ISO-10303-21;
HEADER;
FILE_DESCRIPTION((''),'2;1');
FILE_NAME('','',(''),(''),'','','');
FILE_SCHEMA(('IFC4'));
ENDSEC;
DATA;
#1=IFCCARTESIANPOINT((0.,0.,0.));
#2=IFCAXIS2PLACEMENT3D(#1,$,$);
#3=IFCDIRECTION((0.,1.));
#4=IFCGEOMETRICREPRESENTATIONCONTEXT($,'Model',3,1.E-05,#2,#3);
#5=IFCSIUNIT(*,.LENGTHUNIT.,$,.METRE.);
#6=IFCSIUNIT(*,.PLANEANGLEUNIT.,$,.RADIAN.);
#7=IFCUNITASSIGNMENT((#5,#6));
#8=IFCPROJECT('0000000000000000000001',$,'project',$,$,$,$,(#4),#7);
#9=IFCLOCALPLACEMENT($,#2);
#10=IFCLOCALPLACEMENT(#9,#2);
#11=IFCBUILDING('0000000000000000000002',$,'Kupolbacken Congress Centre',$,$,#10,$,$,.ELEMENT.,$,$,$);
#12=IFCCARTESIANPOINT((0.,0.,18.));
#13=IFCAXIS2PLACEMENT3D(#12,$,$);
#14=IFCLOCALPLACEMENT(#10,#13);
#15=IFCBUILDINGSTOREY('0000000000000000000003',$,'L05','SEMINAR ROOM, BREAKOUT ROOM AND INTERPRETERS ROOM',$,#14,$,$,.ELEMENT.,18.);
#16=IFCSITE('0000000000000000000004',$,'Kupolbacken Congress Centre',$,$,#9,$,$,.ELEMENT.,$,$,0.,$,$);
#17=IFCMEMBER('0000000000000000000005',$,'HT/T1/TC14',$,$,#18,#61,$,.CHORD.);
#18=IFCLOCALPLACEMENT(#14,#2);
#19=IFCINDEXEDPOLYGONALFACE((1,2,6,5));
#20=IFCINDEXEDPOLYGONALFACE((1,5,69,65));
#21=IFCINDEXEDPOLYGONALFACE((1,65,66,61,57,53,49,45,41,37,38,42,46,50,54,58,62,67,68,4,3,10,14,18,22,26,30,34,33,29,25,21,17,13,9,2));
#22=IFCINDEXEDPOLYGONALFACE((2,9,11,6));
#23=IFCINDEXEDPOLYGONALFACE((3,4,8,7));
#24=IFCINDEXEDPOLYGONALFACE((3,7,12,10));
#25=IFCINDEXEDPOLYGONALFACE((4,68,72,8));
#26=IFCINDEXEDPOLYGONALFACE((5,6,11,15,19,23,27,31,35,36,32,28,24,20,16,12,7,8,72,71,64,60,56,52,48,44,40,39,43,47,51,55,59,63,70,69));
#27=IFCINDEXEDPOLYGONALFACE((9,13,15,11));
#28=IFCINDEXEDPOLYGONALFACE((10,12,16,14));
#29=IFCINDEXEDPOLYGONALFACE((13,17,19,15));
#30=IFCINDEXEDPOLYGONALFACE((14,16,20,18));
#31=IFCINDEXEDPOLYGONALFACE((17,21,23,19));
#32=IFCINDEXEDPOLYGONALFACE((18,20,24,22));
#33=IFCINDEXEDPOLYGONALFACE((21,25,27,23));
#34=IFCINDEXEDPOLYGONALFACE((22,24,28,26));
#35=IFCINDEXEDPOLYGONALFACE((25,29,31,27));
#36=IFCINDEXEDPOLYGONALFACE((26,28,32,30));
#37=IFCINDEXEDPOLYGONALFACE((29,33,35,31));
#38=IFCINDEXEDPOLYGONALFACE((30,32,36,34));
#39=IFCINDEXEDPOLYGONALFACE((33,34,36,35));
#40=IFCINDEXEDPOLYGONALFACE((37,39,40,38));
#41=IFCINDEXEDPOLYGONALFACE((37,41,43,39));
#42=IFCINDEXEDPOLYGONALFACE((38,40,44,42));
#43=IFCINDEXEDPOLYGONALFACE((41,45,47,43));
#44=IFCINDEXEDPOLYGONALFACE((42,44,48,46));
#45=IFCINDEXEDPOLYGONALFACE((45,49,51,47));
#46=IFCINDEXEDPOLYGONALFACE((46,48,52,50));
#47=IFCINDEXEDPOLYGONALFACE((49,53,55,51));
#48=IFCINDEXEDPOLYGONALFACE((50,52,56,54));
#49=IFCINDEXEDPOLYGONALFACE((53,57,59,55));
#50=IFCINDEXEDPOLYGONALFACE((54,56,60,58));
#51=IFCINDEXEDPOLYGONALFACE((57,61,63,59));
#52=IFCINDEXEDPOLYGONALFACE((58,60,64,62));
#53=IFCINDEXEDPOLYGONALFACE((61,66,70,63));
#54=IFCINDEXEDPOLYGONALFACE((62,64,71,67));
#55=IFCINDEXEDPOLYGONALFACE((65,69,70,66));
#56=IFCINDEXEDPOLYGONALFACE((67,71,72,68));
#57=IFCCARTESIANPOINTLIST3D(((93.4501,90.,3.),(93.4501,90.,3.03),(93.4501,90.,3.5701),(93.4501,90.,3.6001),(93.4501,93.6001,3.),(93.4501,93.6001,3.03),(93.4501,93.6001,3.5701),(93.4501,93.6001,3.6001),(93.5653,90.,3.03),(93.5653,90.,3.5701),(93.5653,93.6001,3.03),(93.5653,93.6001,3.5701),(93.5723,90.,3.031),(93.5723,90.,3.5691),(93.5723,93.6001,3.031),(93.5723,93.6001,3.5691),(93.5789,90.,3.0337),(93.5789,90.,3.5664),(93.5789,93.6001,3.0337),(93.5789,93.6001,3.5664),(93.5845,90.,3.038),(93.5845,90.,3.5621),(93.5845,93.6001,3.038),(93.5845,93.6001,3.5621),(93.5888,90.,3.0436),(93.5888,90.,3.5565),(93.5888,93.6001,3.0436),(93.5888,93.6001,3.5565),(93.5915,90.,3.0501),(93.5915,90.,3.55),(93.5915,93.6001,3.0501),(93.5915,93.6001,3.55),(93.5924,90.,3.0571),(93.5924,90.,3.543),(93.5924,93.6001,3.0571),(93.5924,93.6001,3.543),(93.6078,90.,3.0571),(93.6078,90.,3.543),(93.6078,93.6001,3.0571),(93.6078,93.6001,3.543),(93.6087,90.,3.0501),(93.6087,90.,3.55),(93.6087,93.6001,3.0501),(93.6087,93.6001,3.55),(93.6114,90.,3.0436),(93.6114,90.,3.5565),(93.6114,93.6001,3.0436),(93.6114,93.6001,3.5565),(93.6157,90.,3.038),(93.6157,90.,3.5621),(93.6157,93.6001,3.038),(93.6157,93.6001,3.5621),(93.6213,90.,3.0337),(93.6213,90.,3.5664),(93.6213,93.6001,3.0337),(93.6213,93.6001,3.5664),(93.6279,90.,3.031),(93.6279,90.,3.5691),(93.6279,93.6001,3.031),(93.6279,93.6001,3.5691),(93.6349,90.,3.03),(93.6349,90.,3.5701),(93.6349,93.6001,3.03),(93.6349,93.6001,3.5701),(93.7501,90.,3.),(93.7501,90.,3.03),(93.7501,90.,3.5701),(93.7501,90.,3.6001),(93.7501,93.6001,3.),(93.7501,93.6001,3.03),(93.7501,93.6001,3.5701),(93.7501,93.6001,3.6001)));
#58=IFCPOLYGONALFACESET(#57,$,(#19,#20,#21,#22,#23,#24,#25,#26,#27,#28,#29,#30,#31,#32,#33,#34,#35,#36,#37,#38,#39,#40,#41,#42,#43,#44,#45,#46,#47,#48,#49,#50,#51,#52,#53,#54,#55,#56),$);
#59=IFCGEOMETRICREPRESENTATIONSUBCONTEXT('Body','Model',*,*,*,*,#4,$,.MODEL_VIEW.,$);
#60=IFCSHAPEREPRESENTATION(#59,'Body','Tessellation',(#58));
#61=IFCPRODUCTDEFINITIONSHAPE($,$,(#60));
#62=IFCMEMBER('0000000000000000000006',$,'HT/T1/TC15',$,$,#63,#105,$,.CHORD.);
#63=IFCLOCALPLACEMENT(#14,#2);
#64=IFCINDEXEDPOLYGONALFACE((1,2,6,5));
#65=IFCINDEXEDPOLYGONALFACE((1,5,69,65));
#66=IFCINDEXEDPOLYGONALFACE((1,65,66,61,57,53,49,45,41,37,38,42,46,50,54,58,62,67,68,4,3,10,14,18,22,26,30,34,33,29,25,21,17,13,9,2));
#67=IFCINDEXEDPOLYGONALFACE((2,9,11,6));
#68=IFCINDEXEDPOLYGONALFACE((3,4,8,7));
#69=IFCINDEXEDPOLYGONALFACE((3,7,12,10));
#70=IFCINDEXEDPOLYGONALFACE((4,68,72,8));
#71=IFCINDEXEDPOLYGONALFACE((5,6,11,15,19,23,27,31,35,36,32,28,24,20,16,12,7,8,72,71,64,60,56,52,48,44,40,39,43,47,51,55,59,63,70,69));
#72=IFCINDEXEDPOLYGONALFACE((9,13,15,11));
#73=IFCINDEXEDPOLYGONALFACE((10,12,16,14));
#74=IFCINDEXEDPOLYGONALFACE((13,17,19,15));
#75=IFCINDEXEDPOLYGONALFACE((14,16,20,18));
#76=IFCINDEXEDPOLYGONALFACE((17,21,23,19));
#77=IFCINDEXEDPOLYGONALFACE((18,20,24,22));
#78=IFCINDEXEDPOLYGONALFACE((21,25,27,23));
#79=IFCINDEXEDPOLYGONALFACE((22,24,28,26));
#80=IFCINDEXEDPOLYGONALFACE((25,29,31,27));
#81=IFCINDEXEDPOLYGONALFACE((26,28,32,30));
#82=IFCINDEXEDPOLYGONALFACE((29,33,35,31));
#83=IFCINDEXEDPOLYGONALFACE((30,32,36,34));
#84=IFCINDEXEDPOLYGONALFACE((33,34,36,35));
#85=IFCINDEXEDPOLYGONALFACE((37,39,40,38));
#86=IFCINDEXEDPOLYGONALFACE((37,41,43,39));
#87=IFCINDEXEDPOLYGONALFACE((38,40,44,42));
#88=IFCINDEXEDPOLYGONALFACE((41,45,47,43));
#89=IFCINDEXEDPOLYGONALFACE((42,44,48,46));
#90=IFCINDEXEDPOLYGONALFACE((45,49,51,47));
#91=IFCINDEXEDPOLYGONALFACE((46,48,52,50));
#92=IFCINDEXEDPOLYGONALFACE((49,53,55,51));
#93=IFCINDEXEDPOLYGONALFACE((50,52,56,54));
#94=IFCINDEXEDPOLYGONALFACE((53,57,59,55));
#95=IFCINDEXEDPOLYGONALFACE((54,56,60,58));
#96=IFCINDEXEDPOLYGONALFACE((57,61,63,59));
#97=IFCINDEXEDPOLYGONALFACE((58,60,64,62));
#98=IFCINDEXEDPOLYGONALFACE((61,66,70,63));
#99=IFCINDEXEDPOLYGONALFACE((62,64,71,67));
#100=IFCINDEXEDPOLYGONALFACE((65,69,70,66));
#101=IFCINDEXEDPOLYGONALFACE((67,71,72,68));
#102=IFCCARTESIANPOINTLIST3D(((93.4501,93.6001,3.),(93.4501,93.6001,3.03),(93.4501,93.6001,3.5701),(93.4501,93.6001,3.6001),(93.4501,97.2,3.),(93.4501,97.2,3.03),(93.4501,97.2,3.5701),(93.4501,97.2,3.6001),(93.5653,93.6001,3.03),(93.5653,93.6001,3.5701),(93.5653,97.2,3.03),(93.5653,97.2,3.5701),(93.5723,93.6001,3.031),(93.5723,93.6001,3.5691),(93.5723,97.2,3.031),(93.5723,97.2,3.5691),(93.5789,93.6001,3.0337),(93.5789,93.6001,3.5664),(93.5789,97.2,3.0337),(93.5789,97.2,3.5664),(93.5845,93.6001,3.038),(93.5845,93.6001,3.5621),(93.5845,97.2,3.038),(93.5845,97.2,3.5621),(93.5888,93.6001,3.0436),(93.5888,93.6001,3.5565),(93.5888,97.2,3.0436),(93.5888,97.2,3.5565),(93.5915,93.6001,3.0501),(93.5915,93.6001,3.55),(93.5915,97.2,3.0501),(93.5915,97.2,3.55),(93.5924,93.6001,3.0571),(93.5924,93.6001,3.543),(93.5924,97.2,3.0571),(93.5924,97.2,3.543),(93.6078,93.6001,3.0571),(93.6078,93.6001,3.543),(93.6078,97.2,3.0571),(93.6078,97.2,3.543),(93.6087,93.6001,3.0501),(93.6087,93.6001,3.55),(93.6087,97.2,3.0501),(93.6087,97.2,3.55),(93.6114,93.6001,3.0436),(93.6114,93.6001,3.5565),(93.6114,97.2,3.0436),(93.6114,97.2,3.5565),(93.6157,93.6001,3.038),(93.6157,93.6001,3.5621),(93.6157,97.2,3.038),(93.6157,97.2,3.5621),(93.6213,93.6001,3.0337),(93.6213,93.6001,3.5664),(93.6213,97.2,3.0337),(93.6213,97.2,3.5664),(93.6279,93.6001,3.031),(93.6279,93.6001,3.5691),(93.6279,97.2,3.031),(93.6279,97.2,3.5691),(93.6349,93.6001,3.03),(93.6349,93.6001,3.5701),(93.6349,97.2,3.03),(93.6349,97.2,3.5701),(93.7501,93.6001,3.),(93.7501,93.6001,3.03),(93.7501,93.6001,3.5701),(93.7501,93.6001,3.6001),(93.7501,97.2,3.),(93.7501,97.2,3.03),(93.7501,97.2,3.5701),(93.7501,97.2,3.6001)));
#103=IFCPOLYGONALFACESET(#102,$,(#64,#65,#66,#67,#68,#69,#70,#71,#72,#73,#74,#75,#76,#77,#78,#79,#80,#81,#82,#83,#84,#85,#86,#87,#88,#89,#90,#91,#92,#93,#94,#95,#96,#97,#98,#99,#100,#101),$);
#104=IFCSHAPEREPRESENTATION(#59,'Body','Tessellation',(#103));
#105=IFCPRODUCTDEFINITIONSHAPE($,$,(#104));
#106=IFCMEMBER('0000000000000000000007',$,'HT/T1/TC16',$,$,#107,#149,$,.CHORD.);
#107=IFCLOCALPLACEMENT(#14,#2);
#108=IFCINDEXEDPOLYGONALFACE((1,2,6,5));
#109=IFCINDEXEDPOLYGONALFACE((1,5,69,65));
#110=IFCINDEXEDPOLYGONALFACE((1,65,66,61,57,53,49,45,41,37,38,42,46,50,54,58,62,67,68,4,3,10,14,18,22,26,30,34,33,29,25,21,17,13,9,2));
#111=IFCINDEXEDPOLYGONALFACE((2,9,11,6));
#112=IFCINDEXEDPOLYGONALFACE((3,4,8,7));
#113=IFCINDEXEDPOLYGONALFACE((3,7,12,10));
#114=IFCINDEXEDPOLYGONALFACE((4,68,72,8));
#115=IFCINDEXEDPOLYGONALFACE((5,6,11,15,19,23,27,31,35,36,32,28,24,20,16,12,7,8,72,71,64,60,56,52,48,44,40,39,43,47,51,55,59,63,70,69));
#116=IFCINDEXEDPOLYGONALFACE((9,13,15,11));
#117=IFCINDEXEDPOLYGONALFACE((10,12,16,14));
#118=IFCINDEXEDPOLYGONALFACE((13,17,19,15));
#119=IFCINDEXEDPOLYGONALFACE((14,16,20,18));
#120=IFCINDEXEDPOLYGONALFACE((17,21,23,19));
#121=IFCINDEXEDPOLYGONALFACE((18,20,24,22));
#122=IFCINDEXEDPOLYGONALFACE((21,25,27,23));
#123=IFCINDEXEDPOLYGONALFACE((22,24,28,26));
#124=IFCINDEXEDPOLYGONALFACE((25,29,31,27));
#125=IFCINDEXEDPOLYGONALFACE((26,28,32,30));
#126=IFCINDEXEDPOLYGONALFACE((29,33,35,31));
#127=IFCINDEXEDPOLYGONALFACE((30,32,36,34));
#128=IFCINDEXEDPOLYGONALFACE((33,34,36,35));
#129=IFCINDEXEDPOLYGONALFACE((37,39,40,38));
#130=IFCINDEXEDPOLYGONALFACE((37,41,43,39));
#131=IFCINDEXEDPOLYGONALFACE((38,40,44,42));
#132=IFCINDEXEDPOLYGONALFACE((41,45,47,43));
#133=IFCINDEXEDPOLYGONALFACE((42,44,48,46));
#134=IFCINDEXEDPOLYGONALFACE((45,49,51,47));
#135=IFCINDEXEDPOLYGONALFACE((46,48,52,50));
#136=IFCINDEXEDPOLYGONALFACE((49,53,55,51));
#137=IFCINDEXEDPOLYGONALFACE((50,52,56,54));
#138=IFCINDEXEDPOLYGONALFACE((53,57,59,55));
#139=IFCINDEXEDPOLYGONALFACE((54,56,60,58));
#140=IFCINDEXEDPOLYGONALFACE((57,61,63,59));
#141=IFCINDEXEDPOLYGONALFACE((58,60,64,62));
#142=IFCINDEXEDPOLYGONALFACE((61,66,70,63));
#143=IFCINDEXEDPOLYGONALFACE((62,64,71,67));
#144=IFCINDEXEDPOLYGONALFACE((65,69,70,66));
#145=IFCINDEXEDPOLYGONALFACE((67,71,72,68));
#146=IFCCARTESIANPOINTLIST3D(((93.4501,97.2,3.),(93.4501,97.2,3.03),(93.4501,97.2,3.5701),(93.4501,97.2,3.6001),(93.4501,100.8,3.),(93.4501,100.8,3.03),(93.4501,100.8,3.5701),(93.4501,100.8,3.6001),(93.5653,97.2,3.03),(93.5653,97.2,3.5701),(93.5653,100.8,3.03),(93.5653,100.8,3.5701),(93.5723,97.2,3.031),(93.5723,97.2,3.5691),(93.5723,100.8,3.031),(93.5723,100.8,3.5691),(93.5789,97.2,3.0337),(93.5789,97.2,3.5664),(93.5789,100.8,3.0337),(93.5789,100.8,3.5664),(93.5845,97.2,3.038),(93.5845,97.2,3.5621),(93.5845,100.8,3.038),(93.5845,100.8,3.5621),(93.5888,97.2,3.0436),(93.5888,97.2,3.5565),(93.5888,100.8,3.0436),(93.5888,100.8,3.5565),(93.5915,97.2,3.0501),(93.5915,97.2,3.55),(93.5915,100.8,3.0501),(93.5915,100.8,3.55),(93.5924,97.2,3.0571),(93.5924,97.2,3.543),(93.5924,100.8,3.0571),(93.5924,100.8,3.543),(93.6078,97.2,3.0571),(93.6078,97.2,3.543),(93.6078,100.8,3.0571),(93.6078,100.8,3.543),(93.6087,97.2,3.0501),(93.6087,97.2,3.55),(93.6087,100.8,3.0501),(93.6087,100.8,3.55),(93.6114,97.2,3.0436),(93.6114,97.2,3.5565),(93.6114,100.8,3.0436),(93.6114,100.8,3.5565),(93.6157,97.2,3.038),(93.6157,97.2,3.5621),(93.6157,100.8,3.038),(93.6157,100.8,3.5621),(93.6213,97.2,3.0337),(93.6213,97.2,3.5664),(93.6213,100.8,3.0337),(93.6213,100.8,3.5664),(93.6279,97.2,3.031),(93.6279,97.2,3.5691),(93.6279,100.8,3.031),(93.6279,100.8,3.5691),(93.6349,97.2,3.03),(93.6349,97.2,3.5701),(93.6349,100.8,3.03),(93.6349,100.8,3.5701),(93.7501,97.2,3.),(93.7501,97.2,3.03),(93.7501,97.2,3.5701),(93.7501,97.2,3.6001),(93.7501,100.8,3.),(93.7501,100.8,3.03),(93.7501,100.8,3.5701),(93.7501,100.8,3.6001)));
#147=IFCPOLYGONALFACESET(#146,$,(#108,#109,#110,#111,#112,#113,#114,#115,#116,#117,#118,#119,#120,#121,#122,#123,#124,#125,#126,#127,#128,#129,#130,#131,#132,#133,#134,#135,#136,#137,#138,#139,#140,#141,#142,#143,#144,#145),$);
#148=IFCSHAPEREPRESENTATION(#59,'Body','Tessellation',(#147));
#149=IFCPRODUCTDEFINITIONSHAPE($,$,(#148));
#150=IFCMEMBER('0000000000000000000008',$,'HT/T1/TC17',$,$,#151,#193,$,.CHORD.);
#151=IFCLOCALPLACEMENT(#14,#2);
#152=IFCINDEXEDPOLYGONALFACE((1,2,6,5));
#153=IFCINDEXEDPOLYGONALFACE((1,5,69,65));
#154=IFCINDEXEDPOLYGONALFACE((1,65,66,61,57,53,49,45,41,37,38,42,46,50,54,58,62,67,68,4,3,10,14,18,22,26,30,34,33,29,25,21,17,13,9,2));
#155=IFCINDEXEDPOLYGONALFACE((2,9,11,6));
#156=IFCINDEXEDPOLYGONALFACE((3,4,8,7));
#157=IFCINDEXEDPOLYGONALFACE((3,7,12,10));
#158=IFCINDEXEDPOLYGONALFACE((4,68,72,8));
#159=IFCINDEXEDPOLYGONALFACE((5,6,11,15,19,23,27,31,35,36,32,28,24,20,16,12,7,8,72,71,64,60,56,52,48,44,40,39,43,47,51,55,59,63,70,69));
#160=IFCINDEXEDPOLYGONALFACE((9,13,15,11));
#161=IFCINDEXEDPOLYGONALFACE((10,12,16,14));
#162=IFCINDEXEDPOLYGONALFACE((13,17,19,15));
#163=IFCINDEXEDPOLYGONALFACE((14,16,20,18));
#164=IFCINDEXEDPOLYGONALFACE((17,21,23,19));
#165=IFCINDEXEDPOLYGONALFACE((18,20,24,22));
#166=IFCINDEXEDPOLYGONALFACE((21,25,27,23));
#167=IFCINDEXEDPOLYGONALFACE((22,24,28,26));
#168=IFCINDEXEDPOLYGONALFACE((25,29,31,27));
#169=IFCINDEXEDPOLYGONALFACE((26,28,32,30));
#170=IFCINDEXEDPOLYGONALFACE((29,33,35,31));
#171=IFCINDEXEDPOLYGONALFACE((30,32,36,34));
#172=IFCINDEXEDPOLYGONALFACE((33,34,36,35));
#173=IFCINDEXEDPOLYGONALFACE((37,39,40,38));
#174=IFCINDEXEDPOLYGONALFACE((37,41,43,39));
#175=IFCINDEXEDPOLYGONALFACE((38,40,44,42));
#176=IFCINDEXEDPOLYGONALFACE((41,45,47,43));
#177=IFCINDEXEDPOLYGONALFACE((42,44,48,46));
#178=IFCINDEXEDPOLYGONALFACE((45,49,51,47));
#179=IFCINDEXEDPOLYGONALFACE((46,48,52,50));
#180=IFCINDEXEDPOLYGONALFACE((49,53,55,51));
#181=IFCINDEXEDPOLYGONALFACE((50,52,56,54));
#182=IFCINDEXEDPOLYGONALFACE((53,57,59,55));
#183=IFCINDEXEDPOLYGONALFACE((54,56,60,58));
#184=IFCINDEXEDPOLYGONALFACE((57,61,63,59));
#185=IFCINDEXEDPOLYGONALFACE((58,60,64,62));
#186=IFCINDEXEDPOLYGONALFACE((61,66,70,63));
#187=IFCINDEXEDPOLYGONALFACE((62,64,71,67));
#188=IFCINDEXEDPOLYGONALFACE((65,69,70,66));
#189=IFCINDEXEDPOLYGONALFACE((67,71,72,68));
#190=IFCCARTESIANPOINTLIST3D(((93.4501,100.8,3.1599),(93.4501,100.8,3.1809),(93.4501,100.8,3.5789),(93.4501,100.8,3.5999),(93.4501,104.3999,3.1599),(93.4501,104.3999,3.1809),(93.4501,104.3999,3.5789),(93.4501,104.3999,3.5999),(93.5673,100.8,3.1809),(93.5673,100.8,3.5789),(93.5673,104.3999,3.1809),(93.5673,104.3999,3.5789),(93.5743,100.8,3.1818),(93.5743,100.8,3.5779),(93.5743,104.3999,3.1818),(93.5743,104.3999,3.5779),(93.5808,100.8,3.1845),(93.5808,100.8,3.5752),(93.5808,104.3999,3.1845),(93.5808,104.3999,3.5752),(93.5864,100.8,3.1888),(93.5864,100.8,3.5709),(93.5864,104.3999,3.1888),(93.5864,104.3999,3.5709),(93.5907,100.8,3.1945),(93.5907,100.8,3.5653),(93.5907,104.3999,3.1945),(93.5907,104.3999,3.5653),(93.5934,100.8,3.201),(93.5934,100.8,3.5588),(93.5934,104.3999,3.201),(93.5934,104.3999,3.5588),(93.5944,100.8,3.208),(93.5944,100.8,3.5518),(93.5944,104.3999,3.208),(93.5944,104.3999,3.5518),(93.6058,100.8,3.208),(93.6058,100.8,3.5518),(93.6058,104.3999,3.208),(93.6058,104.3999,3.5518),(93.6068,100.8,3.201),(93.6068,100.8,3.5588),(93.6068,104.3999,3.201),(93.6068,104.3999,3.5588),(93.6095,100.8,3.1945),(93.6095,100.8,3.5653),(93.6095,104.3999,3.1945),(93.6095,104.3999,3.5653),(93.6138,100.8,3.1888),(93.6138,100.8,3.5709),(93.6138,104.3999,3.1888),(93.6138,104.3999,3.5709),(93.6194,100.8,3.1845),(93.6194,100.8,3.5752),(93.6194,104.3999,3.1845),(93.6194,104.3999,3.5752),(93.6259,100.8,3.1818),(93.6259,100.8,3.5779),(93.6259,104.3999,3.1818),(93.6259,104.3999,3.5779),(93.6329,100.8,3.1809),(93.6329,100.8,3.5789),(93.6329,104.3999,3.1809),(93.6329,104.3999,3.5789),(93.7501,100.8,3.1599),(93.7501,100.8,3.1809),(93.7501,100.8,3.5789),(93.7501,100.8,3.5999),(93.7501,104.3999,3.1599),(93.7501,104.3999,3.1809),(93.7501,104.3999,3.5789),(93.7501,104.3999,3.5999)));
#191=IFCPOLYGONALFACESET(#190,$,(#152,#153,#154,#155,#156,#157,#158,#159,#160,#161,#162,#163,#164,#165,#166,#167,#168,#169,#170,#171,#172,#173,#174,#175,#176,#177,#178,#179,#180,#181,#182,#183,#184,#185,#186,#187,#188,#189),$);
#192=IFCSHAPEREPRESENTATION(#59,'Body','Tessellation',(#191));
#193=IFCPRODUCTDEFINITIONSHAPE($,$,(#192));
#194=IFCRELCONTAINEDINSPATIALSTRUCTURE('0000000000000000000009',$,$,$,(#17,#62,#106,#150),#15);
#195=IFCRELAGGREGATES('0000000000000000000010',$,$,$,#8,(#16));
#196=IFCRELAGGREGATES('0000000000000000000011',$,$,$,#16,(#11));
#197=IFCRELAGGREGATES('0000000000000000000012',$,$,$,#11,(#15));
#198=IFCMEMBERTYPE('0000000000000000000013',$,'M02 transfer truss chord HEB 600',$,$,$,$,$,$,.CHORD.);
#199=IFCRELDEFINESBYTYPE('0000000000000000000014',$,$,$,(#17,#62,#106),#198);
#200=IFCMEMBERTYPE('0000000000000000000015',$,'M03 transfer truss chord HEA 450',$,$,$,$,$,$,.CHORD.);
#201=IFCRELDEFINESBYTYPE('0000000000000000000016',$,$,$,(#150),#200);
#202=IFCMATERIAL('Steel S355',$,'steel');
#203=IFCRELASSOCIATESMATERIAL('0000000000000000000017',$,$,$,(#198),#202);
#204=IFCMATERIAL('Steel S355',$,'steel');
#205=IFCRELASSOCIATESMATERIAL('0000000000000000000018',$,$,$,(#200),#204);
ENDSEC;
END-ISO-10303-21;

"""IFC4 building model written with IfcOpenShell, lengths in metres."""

from ifc_helpers import new_model, si_unit, direction, frame, origin, origin_2d, place, context, subcontext, project, spatial, i_section, extrude, material, material_profile, profile_set, type_object, element, save


model = new_model("IFC4")

# Units and contexts
model_context = context("Model", 3, precision=1e-05, world=origin(), true_north=direction((0.0, 1.0)))
body_context = subcontext(model_context, "Body", "Model", "MODEL_VIEW")
ifc_project = project(units=[si_unit("LENGTHUNIT", "METRE"), si_unit("PLANEANGLEUNIT", "RADIAN")], contexts=[model_context])

# Site, building, storey
site_placement = place(None, origin())
site = spatial("IfcSite", under=ifc_project, at=site_placement, Name="Kupolbacken Congress Centre", CompositionType="ELEMENT", RefElevation=0.0)
building_placement = place(site_placement, origin())
building = spatial("IfcBuilding", under=site, at=building_placement, Name="Kupolbacken Congress Centre", CompositionType="ELEMENT")
storey_placement = place(building_placement, frame((0.0, 0.0, 18.0)))
storey = spatial("IfcBuildingStorey", under=building, at=storey_placement, Name="L05", Description="SEMINAR ROOM, BREAKOUT ROOM AND INTERPRETERS ROOM", CompositionType="ELEMENT", Elevation=18.0)

# Members
ifc_material_1 = material(Name="Steel S355", Category="steel")
ifc_material_profile_1 = material_profile(ifc_material_1, i_section(OverallWidth=0.3, OverallDepth=0.6001, WebThickness=0.0154, FlangeThickness=0.03, FilletRadius=0.0271, at=origin_2d()), Name="HEB 600")
ifc_profile_set_1 = profile_set([ifc_material_profile_1], Name="Steel S355")
member_type_1 = type_object("IfcMemberType", Name="M02 transfer truss chord HEB 600", PredefinedType="CHORD", material=ifc_profile_set_1)
member_1_placement = place(storey_placement, frame((93.6001, 90.0, 3.3), z_axis=(0.0, 1.0, 0.0), x_axis=(-1.0, 0.0, 0.0)))
element("IfcMember", 1, at=member_1_placement, inside=storey, type_object=member_type_1, Name="HT/T1/TC14", PredefinedType="CHORD", context=body_context, shape_type="SweptSolid", body=[
    extrude(i_section(OverallWidth=0.3, OverallDepth=0.6001, WebThickness=0.0154, FlangeThickness=0.03, FilletRadius=0.0271, at=origin_2d()), origin(), (0.0, 0.0, 1.0), 3.6001),
])
member_2_placement = place(storey_placement, frame((93.6001, 93.6001, 3.3), z_axis=(0.0, 1.0, 0.0), x_axis=(-1.0, 0.0, 0.0)))
element("IfcMember", 2, at=member_2_placement, inside=storey, type_object=member_type_1, Name="HT/T1/TC15", PredefinedType="CHORD", context=body_context, shape_type="SweptSolid", body=[
    extrude(i_section(OverallWidth=0.3, OverallDepth=0.6001, WebThickness=0.0154, FlangeThickness=0.03, FilletRadius=0.0271, at=origin_2d()), origin(), (0.0, 0.0, 1.0), 3.5999),
])
member_3_placement = place(storey_placement, frame((93.6001, 97.2, 3.3), z_axis=(0.0, 1.0, 0.0), x_axis=(-1.0, 0.0, 0.0)))
element("IfcMember", 3, at=member_3_placement, inside=storey, type_object=member_type_1, Name="HT/T1/TC16", PredefinedType="CHORD", context=body_context, shape_type="SweptSolid", body=[
    extrude(i_section(OverallWidth=0.3, OverallDepth=0.6001, WebThickness=0.0154, FlangeThickness=0.03, FilletRadius=0.0271, at=origin_2d()), origin(), (0.0, 0.0, 1.0), 3.6001),
])
ifc_material_2 = material(Name="Steel S355", Category="steel")
ifc_material_profile_2 = material_profile(ifc_material_2, i_section(OverallWidth=0.3, OverallDepth=0.4399, WebThickness=0.0115, FlangeThickness=0.021, FilletRadius=0.0271, at=origin_2d()), Name="HEA 450")
ifc_profile_set_2 = profile_set([ifc_material_profile_2], Name="Steel S355")
member_type_2 = type_object("IfcMemberType", Name="M03 transfer truss chord HEA 450", PredefinedType="CHORD", material=ifc_profile_set_2)
member_4_placement = place(storey_placement, frame((93.6001, 100.8, 3.3799), z_axis=(0.0, 1.0, 0.0), x_axis=(-1.0, 0.0, 0.0)))
element("IfcMember", 4, at=member_4_placement, inside=storey, type_object=member_type_2, Name="HT/T1/TC17", PredefinedType="CHORD", context=body_context, shape_type="SweptSolid", body=[
    extrude(i_section(OverallWidth=0.3, OverallDepth=0.4399, WebThickness=0.0115, FlangeThickness=0.021, FilletRadius=0.0271, at=origin_2d()), origin(), (0.0, 0.0, 1.0), 3.5999),
])

save(model, "model.ifc")
